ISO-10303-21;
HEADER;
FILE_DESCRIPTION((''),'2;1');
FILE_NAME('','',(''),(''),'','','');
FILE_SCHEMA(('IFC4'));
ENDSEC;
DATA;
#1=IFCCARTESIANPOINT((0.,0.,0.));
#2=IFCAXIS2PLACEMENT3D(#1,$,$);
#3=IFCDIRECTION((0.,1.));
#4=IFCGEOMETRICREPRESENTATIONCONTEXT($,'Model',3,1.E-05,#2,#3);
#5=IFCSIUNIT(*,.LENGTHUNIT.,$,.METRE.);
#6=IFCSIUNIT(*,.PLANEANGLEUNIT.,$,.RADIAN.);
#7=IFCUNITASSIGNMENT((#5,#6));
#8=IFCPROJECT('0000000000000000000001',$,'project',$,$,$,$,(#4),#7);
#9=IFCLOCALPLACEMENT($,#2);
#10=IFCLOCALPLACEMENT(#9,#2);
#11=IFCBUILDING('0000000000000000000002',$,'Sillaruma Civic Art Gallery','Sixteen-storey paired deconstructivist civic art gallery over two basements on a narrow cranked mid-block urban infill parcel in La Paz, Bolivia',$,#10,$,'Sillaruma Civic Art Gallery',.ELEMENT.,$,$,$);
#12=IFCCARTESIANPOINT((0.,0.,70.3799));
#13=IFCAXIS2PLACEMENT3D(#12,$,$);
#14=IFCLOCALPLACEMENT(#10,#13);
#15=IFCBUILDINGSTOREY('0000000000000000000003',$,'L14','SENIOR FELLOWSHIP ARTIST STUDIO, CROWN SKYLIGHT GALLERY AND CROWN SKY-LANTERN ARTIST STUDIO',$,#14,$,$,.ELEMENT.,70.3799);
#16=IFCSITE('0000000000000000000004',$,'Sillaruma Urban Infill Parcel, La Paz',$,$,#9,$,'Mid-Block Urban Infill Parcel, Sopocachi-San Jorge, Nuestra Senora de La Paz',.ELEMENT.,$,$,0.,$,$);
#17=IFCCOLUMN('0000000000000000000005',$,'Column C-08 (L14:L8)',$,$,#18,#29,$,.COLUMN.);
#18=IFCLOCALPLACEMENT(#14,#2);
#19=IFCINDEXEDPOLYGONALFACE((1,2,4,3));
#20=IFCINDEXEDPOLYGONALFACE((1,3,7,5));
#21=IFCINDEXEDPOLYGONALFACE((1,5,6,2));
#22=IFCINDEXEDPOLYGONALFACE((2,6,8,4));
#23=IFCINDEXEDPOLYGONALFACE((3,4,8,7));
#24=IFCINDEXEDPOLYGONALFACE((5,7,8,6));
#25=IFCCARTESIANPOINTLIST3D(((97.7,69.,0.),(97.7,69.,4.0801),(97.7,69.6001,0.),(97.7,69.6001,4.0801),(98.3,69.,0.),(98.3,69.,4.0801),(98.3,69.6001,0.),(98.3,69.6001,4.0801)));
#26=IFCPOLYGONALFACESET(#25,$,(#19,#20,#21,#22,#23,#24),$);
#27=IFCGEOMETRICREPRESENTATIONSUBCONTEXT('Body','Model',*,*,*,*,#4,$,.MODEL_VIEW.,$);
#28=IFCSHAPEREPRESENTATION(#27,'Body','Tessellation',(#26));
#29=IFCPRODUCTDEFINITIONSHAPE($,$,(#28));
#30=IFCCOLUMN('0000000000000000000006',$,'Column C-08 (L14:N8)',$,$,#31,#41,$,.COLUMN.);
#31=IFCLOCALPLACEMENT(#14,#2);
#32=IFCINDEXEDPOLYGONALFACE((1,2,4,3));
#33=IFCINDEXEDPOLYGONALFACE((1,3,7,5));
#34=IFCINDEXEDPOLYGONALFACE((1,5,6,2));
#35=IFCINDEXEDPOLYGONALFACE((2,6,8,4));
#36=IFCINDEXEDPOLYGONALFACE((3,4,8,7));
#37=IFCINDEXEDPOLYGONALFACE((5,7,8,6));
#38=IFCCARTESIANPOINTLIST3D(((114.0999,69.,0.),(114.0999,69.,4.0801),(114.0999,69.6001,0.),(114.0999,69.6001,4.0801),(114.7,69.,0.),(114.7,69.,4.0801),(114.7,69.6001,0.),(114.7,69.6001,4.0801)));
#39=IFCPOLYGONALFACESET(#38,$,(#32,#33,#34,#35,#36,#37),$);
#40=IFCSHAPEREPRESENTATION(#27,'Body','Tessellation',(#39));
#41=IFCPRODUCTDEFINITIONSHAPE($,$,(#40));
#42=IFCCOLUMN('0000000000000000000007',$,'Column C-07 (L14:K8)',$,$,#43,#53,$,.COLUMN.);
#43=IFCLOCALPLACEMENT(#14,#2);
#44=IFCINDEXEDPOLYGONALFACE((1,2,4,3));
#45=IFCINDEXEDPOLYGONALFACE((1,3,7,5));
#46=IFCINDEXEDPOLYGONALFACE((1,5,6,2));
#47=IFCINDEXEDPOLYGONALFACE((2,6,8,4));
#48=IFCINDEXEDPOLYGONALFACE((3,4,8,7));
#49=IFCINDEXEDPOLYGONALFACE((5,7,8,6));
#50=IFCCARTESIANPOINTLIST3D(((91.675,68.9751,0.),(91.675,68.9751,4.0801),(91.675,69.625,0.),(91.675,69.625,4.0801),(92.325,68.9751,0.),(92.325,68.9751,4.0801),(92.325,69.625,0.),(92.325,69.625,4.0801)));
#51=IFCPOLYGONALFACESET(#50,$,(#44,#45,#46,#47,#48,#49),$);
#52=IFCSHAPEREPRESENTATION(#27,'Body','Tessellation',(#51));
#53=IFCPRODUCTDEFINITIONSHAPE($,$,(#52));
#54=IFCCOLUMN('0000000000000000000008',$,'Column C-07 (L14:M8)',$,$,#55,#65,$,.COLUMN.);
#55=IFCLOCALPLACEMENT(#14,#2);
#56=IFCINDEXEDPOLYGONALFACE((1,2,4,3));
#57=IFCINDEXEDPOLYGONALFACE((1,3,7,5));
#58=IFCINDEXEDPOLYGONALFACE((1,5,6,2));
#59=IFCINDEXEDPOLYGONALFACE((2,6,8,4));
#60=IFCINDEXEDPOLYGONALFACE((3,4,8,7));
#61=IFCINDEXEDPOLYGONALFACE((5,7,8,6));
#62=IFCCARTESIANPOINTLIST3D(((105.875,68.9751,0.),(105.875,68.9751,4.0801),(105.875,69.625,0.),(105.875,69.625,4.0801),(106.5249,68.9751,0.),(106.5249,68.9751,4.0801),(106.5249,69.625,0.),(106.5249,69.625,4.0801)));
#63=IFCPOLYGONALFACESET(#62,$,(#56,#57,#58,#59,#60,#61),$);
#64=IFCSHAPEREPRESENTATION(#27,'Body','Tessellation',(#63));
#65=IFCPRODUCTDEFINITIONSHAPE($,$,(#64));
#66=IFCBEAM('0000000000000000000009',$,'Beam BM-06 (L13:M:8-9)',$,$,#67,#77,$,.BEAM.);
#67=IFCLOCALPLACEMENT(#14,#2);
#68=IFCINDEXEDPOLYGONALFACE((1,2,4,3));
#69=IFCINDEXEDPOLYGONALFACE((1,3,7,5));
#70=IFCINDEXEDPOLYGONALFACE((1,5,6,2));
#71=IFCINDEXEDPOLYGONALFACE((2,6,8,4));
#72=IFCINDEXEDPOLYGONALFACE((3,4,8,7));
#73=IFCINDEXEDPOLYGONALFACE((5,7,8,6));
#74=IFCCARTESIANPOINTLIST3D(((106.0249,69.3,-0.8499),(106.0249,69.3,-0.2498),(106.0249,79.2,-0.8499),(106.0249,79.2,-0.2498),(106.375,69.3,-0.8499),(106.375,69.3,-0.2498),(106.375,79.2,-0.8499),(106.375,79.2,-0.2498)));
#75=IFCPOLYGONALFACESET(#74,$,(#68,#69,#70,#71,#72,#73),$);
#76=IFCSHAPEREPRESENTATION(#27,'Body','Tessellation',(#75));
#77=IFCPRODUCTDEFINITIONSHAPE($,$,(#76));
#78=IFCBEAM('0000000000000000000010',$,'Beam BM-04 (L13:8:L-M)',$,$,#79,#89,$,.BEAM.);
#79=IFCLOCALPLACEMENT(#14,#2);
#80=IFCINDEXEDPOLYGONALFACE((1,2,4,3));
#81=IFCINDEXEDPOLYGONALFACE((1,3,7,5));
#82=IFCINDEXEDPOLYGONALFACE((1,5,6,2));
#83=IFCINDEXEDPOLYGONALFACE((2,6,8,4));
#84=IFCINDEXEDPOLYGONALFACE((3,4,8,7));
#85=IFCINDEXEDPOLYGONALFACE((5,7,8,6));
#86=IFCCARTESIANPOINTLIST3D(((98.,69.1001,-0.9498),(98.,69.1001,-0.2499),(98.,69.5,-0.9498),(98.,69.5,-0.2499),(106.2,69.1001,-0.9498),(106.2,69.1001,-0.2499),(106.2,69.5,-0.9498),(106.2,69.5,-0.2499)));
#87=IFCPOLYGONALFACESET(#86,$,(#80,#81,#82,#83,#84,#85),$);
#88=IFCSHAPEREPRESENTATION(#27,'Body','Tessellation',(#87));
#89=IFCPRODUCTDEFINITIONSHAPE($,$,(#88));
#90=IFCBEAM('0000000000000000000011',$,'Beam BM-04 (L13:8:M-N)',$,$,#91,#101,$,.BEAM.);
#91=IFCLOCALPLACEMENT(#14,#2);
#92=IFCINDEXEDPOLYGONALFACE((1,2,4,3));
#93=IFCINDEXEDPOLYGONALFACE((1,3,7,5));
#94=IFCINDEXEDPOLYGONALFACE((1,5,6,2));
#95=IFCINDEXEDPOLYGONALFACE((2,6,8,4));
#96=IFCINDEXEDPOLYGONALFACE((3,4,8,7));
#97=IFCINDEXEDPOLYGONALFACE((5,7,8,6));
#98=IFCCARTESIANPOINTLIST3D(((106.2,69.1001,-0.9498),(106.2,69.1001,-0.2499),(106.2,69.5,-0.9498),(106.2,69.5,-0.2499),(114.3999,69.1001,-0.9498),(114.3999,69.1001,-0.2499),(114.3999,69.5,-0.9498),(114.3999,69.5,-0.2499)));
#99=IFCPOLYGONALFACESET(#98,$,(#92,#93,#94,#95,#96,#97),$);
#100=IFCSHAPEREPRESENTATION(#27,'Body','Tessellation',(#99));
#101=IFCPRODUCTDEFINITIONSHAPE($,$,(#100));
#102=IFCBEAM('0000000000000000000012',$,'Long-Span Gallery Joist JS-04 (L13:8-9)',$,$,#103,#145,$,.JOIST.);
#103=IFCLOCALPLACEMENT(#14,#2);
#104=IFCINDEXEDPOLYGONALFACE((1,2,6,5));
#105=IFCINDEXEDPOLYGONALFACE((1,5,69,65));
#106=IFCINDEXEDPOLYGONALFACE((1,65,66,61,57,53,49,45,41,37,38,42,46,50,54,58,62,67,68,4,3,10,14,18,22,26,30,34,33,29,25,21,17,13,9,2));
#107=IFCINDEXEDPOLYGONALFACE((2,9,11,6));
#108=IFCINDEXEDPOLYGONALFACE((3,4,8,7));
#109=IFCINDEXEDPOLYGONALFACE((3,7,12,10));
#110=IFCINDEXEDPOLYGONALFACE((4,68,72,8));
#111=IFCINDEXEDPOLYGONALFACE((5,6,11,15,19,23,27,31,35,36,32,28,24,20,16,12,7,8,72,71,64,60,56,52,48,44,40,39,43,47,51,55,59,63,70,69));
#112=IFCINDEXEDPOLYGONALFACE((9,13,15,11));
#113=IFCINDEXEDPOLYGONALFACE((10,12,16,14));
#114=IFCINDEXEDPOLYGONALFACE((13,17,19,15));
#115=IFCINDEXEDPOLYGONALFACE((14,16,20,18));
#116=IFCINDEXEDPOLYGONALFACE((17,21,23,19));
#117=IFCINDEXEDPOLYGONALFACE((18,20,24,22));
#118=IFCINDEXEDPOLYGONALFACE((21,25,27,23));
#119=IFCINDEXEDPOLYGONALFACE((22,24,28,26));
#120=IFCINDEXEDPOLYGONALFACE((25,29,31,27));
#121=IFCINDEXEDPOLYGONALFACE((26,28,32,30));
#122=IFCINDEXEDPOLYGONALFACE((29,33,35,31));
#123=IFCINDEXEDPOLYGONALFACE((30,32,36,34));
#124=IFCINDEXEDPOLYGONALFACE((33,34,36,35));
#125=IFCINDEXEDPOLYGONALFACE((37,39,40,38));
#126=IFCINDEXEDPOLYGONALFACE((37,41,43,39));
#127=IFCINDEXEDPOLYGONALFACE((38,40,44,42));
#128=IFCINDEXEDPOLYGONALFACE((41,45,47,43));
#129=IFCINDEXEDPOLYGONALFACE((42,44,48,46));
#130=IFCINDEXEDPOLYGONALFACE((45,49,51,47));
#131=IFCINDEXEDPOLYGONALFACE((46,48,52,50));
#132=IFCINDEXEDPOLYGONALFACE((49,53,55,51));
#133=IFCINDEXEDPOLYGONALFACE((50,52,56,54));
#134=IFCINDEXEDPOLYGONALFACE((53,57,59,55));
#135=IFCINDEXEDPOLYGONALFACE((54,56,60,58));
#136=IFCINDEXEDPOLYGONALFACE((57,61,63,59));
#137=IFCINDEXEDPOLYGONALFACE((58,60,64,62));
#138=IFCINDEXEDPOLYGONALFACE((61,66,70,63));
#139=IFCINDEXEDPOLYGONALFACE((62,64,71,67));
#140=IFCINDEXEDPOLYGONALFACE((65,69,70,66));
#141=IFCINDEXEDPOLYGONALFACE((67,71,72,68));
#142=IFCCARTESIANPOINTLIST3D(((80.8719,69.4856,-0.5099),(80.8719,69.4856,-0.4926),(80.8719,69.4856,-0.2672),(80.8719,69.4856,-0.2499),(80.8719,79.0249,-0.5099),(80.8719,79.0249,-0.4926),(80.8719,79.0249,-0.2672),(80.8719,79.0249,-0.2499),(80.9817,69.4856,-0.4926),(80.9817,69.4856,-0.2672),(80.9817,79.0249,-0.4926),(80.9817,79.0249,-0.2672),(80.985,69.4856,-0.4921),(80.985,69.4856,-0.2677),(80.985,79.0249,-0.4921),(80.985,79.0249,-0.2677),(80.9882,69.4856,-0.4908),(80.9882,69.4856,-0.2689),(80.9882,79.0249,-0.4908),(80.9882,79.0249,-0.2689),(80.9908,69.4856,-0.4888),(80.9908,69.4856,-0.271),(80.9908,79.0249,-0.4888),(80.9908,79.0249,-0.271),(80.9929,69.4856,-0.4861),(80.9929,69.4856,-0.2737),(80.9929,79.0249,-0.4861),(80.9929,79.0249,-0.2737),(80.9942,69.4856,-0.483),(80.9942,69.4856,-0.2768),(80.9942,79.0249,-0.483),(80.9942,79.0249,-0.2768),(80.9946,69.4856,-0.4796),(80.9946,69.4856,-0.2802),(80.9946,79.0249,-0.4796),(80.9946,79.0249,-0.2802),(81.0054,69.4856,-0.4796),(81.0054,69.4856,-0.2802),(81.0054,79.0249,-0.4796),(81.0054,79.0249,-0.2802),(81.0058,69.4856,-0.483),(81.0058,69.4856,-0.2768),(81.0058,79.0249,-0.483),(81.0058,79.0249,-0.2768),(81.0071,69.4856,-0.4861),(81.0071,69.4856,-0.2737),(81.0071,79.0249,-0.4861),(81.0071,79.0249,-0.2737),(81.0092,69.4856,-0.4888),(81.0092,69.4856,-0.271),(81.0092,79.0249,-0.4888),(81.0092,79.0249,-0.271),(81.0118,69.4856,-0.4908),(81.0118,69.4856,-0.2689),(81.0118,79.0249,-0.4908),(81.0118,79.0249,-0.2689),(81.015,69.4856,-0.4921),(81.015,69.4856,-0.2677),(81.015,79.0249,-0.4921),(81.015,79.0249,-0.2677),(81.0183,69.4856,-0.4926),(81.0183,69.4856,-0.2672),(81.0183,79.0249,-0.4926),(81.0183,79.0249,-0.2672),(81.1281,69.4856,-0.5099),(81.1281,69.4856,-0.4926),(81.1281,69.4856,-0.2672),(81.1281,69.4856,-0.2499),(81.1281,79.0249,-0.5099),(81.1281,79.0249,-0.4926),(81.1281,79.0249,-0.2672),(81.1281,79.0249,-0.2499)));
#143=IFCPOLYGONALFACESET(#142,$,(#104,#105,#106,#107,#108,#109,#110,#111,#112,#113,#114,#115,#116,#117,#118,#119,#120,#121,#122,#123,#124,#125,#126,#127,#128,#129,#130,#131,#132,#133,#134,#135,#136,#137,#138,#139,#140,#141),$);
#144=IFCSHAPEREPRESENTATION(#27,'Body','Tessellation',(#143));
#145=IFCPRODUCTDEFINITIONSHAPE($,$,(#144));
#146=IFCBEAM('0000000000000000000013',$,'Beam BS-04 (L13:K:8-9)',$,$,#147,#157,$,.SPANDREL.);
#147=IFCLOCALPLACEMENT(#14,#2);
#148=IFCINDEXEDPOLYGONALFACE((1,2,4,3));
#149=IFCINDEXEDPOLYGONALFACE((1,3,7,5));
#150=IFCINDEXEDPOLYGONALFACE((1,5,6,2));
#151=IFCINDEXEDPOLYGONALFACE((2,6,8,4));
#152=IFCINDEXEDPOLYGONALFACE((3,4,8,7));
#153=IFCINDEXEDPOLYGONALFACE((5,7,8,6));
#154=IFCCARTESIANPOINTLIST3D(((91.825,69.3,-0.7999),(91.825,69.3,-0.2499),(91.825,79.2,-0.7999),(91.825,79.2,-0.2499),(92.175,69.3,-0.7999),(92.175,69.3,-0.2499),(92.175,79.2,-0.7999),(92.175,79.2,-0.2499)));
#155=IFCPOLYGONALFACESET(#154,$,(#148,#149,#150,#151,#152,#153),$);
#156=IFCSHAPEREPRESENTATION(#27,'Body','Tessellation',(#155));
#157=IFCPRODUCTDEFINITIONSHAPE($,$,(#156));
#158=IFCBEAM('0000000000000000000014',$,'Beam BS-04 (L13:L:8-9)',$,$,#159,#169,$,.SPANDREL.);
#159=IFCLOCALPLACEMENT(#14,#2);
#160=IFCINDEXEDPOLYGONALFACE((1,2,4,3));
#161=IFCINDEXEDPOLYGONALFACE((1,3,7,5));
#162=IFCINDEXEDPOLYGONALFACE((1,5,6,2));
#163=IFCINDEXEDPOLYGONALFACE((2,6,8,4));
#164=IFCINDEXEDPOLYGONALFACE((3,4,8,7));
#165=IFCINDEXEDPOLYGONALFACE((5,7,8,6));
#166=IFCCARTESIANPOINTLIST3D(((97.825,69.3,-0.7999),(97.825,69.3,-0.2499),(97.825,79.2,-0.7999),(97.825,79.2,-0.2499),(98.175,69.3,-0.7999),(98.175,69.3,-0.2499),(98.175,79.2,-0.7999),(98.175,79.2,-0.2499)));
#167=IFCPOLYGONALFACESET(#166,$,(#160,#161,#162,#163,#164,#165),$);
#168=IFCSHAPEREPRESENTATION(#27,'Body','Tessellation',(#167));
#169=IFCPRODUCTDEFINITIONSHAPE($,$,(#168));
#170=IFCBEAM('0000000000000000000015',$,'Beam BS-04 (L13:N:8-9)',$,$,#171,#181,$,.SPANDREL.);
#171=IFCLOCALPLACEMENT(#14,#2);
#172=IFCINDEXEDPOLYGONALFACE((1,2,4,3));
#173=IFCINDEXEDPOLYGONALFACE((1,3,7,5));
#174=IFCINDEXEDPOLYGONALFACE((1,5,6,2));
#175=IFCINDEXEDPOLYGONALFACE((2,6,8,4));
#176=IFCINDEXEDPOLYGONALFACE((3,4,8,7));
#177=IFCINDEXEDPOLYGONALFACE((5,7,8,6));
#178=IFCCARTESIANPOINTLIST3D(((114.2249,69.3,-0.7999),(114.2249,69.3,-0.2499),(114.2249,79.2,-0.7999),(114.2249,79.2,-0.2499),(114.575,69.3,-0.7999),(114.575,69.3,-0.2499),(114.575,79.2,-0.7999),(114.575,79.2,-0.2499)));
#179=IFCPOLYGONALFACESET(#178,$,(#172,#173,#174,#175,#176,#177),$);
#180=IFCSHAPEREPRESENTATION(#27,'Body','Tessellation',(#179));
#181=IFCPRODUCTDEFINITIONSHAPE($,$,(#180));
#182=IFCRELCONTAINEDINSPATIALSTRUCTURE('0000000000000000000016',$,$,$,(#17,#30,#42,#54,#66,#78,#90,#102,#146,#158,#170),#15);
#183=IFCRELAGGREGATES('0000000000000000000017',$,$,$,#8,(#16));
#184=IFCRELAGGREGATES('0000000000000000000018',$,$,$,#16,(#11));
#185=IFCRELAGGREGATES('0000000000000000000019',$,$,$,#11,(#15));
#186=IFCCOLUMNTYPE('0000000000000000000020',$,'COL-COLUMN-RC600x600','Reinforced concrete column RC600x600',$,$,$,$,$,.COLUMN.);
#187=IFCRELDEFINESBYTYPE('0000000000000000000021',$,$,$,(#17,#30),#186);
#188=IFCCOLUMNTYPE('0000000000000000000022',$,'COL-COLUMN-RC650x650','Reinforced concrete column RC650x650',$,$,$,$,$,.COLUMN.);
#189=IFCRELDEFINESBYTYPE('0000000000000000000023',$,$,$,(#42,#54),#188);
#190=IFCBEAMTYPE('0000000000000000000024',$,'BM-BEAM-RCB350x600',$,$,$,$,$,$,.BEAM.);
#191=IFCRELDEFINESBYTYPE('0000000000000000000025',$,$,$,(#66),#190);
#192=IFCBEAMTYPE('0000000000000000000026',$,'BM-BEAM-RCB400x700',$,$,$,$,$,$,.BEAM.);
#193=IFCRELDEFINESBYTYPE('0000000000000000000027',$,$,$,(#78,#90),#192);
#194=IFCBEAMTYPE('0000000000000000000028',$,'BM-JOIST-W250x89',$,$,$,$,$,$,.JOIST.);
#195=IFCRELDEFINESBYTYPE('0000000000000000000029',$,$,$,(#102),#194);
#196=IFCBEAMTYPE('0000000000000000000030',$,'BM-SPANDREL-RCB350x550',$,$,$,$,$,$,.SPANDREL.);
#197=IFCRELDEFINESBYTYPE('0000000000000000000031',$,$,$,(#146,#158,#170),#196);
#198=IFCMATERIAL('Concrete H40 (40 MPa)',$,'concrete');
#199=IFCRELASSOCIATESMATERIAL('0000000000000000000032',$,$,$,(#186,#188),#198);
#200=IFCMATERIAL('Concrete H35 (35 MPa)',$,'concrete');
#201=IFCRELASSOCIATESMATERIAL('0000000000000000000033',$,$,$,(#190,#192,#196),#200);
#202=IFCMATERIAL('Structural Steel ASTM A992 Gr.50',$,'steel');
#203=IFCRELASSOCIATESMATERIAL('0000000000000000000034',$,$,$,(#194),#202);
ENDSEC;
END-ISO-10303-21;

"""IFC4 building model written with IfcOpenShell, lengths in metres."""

from ifc_helpers import new_model, si_unit, direction, frame, origin, origin_2d, place, context, subcontext, project, spatial, rectangle, i_section, extrude, material, material_profile, profile_set, type_object, element, save


model = new_model("IFC4")

# Units and contexts
model_context = context("Model", 3, precision=1e-05, world=origin(), true_north=direction((0.0, 1.0)))
body_context = subcontext(model_context, "Body", "Model", "MODEL_VIEW")
ifc_project = project(units=[si_unit("LENGTHUNIT", "METRE"), si_unit("PLANEANGLEUNIT", "RADIAN")], contexts=[model_context])

# Site, building, storey
site_placement = place(None, origin())
site = spatial("IfcSite", under=ifc_project, at=site_placement, Name="Sillaruma Urban Infill Parcel, La Paz", LongName="Mid-Block Urban Infill Parcel, Sopocachi-San Jorge, Nuestra Senora de La Paz", CompositionType="ELEMENT", RefElevation=0.0)
building_placement = place(site_placement, origin())
building = spatial("IfcBuilding", under=site, at=building_placement, Name="Sillaruma Civic Art Gallery", Description="Sixteen-storey paired deconstructivist civic art gallery over two basements on a narrow cranked mid-block urban infill parcel in La Paz, Bolivia", LongName="Sillaruma Civic Art Gallery", CompositionType="ELEMENT")
storey_placement = place(building_placement, frame((0.0, 0.0, 70.3799)))
storey = spatial("IfcBuildingStorey", under=building, at=storey_placement, Name="L14", Description="SENIOR FELLOWSHIP ARTIST STUDIO, CROWN SKYLIGHT GALLERY AND CROWN SKY-LANTERN ARTIST STUDIO", CompositionType="ELEMENT", Elevation=70.3799)

# Columns
ifc_material_1 = material(Name="Concrete H40 (40 MPa)", Category="concrete")
ifc_material_profile_1 = material_profile(ifc_material_1, rectangle(XDim=0.6001, YDim=0.6001, at=origin_2d()), Name="RC600x600")
ifc_profile_set_1 = profile_set([ifc_material_profile_1], Name="Concrete H40 (40 MPa)")
column_type_1 = type_object("IfcColumnType", Name="COL-COLUMN-RC600x600", Description="Reinforced concrete column RC600x600", PredefinedType="COLUMN", material=ifc_profile_set_1)
for number, where, z_axis, x_axis, name in (
    (1, (98.0, 69.3, 0.0), (0.0, 0.0, 1.0), (1.0, 0.0, 0.0), "Column C-08 (L14:L8)"),
    (2, (114.3999, 69.3, 0.0), (0.0, 0.0, 1.0), (1.0, 0.0, 0.0), "Column C-08 (L14:N8)"),
):
    element("IfcColumn", number, at=place(storey_placement, frame(where, z_axis=z_axis, x_axis=x_axis)), inside=storey, type_object=column_type_1, Name=name, PredefinedType="COLUMN", context=body_context, shape_type="SweptSolid", body=[
        extrude(rectangle(XDim=0.6001, YDim=0.6001, at=origin_2d()), origin(), (0.0, 0.0, 1.0), 4.0801),
    ])
ifc_material_profile_2 = material_profile(ifc_material_1, rectangle(XDim=0.6499, YDim=0.6499, at=origin_2d()), Name="RC650x650")
ifc_profile_set_2 = profile_set([ifc_material_profile_2], Name="Concrete H40 (40 MPa)")
column_type_2 = type_object("IfcColumnType", Name="COL-COLUMN-RC650x650", Description="Reinforced concrete column RC650x650", PredefinedType="COLUMN", material=ifc_profile_set_2)
for number, where, z_axis, x_axis, name in (
    (3, (92.0, 69.3, 0.0), (0.0, 0.0, 1.0), (1.0, 0.0, 0.0), "Column C-07 (L14:K8)"),
    (4, (106.2, 69.3, 0.0), (0.0, 0.0, 1.0), (1.0, 0.0, 0.0), "Column C-07 (L14:M8)"),
):
    element("IfcColumn", number, at=place(storey_placement, frame(where, z_axis=z_axis, x_axis=x_axis)), inside=storey, type_object=column_type_2, Name=name, PredefinedType="COLUMN", context=body_context, shape_type="SweptSolid", body=[
        extrude(rectangle(XDim=0.6499, YDim=0.6499, at=origin_2d()), origin(), (0.0, 0.0, 1.0), 4.0801),
    ])

# Beams
ifc_material_2 = material(Name="Concrete H35 (35 MPa)", Category="concrete")
ifc_material_profile_3 = material_profile(ifc_material_2, rectangle(XDim=0.3501, YDim=0.6001, at=origin_2d()), Name="RCB350x600")
ifc_profile_set_3 = profile_set([ifc_material_profile_3], Name="Concrete H35 (35 MPa)")
beam_type_1 = type_object("IfcBeamType", Name="BM-BEAM-RCB350x600", PredefinedType="BEAM", material=ifc_profile_set_3)
beam_1_placement = place(storey_placement, frame((106.2, 69.3, -0.5498), z_axis=(0.0, 1.0, 0.0), x_axis=(-1.0, 0.0, 0.0)))
element("IfcBeam", 5, at=beam_1_placement, inside=storey, type_object=beam_type_1, Name="Beam BM-06 (L13:M:8-9)", PredefinedType="BEAM", context=body_context, shape_type="SweptSolid", body=[
    extrude(rectangle(XDim=0.3501, YDim=0.6001, at=origin_2d()), origin(), (0.0, 0.0, 1.0), 9.8999),
])
ifc_material_profile_4 = material_profile(ifc_material_2, rectangle(XDim=0.3999, YDim=0.7, at=origin_2d()), Name="RCB400x700")
ifc_profile_set_4 = profile_set([ifc_material_profile_4], Name="Concrete H35 (35 MPa)")
beam_type_2 = type_object("IfcBeamType", Name="BM-BEAM-RCB400x700", PredefinedType="BEAM", material=ifc_profile_set_4)
for number, where, z_axis, x_axis, name in (
    (6, (98.0, 69.3, -0.5999), (1.0, 0.0, 0.0), (0.0, 1.0, 0.0), "Beam BM-04 (L13:8:L-M)"),
    (7, (106.2, 69.3, -0.5999), (1.0, 0.0, 0.0), (0.0, 1.0, 0.0), "Beam BM-04 (L13:8:M-N)"),
):
    element("IfcBeam", number, at=place(storey_placement, frame(where, z_axis=z_axis, x_axis=x_axis)), inside=storey, type_object=beam_type_2, Name=name, PredefinedType="BEAM", context=body_context, shape_type="SweptSolid", body=[
        extrude(rectangle(XDim=0.3999, YDim=0.7, at=origin_2d()), origin(), (0.0, 0.0, 1.0), 8.2),
    ])
ifc_material_3 = material(Name="Structural Steel ASTM A992 Gr.50", Category="steel")
ifc_material_profile_5 = material_profile(ifc_material_3, i_section(OverallWidth=0.2561, OverallDepth=0.26, WebThickness=0.0107, FlangeThickness=0.0173, FilletRadius=0.0129, at=origin_2d()), Name="W250x89")
ifc_profile_set_5 = profile_set([ifc_material_profile_5], Name="Structural Steel ASTM A992 Gr.50")
beam_type_3 = type_object("IfcBeamType", Name="BM-JOIST-W250x89", PredefinedType="JOIST", material=ifc_profile_set_5)
beam_2_placement = place(storey_placement, frame((81.0, 69.4856, -0.3799), z_axis=(0.0, 1.0, 0.0), x_axis=(-1.0, 0.0, 0.0)))
element("IfcBeam", 8, at=beam_2_placement, inside=storey, type_object=beam_type_3, Name="Long-Span Gallery Joist JS-04 (L13:8-9)", PredefinedType="JOIST", context=body_context, shape_type="SweptSolid", body=[
    extrude(i_section(OverallWidth=0.2561, OverallDepth=0.26, WebThickness=0.0107, FlangeThickness=0.0173, FilletRadius=0.0129, at=origin_2d()), origin(), (0.0, 0.0, 1.0), 9.5393),
])
ifc_material_profile_6 = material_profile(ifc_material_2, rectangle(XDim=0.3501, YDim=0.55, at=origin_2d()), Name="RCB350x550")
ifc_profile_set_6 = profile_set([ifc_material_profile_6], Name="Concrete H35 (35 MPa)")
beam_type_4 = type_object("IfcBeamType", Name="BM-SPANDREL-RCB350x550", PredefinedType="SPANDREL", material=ifc_profile_set_6)
for number, where, z_axis, x_axis, name in (
    (9, (92.0, 69.3, -0.5249), (0.0, 1.0, 0.0), (-1.0, 0.0, 0.0), "Beam BS-04 (L13:K:8-9)"),
    (10, (98.0, 69.3, -0.5249), (0.0, 1.0, 0.0), (-1.0, 0.0, 0.0), "Beam BS-04 (L13:L:8-9)"),
    (11, (114.3999, 69.3, -0.5249), (0.0, 1.0, 0.0), (-1.0, 0.0, 0.0), "Beam BS-04 (L13:N:8-9)"),
):
    element("IfcBeam", number, at=place(storey_placement, frame(where, z_axis=z_axis, x_axis=x_axis)), inside=storey, type_object=beam_type_4, Name=name, PredefinedType="SPANDREL", context=body_context, shape_type="SweptSolid", body=[
        extrude(rectangle(XDim=0.3501, YDim=0.55, at=origin_2d()), origin(), (0.0, 0.0, 1.0), 9.8999),
    ])

save(model, "model.ifc")
